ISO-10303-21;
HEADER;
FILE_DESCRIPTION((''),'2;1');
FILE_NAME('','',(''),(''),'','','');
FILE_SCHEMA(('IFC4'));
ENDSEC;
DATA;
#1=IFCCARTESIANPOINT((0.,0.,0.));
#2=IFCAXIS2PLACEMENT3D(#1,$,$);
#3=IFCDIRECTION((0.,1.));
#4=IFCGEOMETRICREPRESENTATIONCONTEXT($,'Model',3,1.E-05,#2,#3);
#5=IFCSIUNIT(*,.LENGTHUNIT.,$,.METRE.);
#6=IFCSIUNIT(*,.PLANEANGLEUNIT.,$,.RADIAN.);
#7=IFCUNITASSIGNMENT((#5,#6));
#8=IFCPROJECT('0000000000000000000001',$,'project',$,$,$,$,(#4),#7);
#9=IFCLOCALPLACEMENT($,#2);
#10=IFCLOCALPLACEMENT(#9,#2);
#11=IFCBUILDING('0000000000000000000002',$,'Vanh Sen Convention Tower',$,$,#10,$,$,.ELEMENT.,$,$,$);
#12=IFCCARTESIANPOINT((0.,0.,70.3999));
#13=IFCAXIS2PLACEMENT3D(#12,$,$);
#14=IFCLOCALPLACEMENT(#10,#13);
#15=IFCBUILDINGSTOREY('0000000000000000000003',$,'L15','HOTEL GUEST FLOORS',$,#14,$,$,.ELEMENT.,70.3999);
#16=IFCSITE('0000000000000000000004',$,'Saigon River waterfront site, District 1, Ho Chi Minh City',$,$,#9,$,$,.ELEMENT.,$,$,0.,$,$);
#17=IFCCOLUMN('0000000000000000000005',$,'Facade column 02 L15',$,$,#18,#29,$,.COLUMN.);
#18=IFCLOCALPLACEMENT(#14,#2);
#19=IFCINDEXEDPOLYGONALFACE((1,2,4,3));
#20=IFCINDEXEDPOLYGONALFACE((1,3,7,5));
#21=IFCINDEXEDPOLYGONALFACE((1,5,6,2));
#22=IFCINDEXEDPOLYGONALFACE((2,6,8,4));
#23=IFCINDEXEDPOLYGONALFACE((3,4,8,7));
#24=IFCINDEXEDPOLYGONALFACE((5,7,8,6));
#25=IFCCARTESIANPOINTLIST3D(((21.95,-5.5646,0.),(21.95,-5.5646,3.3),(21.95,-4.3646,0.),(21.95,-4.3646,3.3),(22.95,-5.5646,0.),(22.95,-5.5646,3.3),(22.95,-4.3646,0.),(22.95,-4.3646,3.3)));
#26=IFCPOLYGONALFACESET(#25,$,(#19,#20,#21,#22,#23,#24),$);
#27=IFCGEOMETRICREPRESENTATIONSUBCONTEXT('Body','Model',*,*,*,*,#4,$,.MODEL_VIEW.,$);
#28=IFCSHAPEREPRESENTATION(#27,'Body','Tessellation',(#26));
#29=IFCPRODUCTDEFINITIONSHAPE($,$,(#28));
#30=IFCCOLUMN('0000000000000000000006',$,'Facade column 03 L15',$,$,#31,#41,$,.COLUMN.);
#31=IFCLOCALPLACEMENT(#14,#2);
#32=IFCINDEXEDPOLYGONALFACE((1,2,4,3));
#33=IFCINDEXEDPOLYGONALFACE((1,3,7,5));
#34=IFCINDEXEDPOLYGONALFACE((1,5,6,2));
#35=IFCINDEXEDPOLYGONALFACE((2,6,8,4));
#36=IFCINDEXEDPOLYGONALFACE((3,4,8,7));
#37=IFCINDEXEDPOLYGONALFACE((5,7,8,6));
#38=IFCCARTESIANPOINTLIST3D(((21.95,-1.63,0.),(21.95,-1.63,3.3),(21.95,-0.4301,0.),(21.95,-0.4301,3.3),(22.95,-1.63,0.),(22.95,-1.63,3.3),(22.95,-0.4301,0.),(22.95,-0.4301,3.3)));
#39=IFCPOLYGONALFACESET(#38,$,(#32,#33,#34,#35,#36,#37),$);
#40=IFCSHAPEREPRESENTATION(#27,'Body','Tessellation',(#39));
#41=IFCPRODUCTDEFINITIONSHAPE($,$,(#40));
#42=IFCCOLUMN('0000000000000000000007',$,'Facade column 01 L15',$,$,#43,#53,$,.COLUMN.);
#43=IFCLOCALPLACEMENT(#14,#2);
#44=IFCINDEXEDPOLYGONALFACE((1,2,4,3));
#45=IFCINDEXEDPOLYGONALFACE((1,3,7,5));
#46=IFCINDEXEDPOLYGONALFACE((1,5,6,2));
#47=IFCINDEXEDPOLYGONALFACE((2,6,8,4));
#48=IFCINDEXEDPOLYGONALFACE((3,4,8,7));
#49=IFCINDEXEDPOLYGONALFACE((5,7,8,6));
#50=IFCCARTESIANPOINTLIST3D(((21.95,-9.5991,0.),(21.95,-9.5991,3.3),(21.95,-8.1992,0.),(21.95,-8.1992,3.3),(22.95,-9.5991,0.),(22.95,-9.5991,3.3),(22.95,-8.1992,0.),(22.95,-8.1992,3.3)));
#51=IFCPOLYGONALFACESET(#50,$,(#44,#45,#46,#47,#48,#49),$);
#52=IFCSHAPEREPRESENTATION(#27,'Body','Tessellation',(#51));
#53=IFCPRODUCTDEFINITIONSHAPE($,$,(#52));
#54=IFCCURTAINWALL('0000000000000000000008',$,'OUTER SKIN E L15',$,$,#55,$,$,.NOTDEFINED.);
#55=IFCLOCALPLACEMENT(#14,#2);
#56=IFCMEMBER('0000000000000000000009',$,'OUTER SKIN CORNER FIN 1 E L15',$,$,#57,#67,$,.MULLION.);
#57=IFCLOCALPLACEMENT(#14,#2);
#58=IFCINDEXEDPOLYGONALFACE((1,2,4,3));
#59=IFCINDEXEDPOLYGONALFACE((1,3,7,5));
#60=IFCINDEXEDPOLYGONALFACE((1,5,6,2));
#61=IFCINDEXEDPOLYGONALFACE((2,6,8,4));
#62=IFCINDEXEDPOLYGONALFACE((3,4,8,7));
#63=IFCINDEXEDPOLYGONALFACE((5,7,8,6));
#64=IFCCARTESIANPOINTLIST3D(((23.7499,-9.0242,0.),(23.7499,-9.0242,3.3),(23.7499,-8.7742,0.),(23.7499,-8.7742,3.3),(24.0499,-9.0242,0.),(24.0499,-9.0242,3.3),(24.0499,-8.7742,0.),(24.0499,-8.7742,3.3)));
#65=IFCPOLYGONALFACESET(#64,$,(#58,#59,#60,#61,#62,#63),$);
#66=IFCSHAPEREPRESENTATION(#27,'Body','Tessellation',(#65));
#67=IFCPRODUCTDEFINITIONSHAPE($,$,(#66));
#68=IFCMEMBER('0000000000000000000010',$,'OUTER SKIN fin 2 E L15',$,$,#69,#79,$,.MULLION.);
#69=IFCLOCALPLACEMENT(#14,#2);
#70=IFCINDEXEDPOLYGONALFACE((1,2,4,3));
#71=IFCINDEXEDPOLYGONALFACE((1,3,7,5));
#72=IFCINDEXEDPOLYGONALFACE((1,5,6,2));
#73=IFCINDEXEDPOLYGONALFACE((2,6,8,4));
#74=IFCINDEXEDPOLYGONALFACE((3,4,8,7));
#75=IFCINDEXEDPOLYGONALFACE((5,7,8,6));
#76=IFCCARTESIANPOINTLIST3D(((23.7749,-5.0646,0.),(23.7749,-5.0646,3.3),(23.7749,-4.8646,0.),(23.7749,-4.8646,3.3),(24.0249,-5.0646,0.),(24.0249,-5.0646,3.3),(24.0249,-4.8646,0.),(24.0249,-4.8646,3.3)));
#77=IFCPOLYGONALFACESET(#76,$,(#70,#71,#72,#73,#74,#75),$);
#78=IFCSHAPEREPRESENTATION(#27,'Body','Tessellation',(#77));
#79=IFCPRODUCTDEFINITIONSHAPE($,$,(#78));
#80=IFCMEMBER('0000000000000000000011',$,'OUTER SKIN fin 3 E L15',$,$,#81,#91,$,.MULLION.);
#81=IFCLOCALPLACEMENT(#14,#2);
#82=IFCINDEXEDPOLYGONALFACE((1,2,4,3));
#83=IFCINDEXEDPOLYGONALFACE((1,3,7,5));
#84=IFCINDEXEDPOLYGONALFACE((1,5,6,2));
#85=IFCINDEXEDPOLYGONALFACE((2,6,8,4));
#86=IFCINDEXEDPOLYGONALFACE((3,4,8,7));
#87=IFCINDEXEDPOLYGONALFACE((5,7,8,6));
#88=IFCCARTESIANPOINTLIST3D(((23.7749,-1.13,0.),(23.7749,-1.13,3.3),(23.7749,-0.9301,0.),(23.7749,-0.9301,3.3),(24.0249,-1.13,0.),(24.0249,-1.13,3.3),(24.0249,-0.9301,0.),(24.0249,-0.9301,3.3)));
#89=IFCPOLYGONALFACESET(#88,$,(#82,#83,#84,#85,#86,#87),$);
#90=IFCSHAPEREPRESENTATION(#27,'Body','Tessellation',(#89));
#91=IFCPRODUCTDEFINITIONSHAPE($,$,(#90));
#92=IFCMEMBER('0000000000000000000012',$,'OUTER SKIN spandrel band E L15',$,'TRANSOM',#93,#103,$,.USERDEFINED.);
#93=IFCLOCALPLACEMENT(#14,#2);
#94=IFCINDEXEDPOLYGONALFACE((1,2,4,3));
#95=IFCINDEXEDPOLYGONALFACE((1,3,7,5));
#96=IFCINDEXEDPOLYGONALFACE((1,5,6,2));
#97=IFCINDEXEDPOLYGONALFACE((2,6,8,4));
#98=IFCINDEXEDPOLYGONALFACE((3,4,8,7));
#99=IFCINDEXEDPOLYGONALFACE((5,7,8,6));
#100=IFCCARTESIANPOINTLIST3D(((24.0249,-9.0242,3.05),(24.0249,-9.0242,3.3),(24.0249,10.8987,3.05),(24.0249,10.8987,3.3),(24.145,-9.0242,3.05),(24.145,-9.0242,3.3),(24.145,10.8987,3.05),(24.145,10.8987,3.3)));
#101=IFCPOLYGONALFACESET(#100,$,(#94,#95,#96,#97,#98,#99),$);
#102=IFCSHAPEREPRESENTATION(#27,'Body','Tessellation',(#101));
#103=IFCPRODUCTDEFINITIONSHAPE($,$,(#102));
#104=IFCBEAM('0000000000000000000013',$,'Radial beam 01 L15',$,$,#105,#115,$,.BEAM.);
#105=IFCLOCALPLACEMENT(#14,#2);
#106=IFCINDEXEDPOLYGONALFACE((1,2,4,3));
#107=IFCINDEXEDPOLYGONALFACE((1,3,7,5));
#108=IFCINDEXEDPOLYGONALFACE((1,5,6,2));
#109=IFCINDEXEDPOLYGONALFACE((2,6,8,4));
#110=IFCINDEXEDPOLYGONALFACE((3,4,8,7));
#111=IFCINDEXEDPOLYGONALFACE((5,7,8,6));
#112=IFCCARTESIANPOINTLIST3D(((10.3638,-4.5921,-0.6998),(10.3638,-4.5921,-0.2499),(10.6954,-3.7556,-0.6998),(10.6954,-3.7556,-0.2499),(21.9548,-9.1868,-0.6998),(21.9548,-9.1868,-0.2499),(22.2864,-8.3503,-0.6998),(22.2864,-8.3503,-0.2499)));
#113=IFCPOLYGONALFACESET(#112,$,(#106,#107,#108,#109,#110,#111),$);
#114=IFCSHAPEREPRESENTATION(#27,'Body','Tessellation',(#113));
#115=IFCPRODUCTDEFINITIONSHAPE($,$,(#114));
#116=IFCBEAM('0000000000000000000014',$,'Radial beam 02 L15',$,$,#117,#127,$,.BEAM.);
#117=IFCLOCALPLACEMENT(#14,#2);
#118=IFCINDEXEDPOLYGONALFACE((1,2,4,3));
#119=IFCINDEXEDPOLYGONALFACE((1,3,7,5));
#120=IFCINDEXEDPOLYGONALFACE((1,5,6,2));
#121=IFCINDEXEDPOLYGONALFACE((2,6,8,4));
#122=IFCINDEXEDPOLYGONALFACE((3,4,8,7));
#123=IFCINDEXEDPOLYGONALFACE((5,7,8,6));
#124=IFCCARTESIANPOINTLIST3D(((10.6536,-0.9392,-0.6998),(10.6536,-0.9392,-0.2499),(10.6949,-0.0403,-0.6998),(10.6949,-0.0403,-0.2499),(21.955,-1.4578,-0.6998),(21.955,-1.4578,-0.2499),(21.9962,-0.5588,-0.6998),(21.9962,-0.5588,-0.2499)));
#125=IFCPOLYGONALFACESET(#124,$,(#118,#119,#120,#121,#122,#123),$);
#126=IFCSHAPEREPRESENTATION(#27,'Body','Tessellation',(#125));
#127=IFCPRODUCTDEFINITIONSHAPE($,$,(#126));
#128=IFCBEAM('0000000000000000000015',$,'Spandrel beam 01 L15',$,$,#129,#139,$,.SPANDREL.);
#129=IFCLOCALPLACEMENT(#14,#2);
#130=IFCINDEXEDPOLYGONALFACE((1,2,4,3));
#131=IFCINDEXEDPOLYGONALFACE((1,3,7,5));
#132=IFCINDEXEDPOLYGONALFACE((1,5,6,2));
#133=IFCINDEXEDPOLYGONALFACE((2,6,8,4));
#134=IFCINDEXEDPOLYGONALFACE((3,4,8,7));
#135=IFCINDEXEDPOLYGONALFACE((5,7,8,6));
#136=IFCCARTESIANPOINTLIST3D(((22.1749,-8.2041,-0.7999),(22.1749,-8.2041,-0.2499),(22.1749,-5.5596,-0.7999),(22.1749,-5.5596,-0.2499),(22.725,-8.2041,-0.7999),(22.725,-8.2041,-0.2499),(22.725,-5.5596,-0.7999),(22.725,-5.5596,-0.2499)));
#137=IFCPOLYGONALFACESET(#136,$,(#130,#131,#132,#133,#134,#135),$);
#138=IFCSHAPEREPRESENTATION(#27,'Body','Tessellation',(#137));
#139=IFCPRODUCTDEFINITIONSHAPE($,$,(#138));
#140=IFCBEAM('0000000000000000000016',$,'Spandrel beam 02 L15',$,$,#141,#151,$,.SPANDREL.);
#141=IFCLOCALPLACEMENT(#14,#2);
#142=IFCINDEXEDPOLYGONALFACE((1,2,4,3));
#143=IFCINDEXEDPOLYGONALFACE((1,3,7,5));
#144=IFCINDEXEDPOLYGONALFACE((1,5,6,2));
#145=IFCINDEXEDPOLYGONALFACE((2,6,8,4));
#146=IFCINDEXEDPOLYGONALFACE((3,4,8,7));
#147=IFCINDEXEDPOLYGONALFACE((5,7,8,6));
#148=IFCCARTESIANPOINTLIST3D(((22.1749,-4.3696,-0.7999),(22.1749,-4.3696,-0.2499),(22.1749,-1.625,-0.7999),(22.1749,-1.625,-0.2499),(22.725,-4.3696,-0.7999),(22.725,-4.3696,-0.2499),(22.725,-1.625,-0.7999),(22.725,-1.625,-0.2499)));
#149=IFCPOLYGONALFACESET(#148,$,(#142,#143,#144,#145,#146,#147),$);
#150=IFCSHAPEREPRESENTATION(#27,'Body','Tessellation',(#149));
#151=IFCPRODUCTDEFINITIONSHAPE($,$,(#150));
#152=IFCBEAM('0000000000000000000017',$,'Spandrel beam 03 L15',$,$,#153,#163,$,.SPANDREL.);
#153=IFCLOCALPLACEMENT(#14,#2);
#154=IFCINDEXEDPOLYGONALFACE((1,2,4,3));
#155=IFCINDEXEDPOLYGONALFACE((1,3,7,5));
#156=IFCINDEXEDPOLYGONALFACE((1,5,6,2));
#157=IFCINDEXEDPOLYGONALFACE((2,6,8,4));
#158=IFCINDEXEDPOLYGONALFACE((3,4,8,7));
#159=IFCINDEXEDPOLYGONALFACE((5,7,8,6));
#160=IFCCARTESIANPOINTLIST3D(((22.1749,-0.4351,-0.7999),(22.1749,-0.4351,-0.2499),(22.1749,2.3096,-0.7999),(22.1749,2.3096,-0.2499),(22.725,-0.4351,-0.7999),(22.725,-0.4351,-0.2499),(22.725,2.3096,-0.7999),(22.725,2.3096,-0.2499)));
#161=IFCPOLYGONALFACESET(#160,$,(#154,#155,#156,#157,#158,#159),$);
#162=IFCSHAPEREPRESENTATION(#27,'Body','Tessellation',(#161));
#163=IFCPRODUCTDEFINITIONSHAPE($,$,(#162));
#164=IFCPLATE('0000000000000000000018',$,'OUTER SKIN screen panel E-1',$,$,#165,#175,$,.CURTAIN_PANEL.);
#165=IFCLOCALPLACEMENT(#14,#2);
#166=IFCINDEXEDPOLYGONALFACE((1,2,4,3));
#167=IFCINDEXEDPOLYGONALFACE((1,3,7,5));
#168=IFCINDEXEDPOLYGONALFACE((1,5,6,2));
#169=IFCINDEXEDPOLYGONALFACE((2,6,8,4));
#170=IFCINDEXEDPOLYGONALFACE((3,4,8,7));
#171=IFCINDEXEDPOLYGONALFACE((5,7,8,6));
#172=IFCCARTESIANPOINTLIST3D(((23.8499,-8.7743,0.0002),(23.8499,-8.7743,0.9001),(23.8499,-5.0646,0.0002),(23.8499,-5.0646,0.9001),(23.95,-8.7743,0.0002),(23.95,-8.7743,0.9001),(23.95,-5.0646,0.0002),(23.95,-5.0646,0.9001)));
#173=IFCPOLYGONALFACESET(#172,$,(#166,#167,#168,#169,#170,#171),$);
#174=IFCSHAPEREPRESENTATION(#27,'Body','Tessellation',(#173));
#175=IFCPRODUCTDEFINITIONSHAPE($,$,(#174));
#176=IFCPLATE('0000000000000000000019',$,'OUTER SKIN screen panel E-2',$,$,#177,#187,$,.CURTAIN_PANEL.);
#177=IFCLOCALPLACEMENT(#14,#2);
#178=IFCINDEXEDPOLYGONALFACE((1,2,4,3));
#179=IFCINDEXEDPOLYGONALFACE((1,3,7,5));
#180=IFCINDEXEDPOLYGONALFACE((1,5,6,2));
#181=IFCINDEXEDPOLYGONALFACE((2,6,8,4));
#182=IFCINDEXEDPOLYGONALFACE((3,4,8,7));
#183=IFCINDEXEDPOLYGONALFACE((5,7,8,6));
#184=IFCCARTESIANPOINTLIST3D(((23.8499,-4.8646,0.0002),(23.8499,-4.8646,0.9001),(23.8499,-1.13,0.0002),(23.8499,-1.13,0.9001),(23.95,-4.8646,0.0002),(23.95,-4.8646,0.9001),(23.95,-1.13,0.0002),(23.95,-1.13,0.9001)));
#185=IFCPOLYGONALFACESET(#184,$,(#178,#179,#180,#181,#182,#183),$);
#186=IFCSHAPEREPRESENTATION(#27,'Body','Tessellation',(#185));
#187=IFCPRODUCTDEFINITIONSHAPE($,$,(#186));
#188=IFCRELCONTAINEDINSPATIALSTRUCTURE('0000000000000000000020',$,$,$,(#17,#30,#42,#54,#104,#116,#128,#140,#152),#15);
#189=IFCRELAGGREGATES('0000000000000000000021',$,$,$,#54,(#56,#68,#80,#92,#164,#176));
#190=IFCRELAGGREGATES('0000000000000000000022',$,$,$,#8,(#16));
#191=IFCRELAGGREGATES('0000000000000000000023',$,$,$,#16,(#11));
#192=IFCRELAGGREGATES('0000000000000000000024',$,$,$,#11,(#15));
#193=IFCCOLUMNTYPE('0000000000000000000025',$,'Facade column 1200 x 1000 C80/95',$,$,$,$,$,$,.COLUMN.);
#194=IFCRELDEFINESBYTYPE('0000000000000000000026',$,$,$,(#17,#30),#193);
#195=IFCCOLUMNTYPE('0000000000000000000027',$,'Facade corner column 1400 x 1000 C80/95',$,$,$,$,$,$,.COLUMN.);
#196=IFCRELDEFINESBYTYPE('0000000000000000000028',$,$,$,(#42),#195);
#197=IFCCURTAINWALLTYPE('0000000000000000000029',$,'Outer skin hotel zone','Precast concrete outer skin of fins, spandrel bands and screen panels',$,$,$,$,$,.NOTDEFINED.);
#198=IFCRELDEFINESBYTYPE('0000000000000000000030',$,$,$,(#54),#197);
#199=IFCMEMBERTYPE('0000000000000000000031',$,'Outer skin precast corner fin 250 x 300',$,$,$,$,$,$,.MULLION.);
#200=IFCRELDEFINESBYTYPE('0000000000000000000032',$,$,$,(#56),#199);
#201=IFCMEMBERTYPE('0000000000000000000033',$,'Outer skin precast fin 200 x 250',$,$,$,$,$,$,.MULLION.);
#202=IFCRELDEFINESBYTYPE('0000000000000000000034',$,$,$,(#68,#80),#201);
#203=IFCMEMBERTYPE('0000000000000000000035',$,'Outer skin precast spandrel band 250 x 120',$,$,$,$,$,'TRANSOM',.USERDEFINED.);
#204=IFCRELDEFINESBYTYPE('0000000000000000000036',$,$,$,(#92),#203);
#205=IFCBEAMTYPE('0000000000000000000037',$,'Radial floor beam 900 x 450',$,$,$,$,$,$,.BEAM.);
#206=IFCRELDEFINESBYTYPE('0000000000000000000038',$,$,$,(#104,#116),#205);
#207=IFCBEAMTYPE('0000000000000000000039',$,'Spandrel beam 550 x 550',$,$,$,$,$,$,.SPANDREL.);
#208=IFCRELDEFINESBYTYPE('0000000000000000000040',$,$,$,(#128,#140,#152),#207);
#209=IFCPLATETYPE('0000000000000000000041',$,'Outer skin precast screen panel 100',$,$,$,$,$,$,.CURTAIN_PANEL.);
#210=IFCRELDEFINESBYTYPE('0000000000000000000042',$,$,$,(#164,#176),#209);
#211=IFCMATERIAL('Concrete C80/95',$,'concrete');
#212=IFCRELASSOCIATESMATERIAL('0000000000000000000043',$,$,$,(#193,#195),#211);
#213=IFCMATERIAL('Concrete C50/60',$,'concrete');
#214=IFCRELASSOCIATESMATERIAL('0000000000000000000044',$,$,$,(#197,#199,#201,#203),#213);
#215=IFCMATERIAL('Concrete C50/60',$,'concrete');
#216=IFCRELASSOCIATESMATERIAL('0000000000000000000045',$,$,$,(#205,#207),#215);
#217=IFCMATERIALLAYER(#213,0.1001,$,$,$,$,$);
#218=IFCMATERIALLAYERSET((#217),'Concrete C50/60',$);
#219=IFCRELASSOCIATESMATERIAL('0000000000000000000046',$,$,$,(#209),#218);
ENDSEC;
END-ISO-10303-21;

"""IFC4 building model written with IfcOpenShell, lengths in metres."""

from ifc_helpers import new_model, si_unit, direction, frame, origin, origin_2d, place, context, subcontext, project, spatial, rectangle, extrude, material, layer, layer_set, material_profile, profile_set, type_object, element, aggregate, save


model = new_model("IFC4")

# Units and contexts
model_context = context("Model", 3, precision=1e-05, world=origin(), true_north=direction((0.0, 1.0)))
body_context = subcontext(model_context, "Body", "Model", "MODEL_VIEW")
ifc_project = project(units=[si_unit("LENGTHUNIT", "METRE"), si_unit("PLANEANGLEUNIT", "RADIAN")], contexts=[model_context])

# Site, building, storey
site_placement = place(None, origin())
site = spatial("IfcSite", under=ifc_project, at=site_placement, Name="Saigon River waterfront site, District 1, Ho Chi Minh City", CompositionType="ELEMENT", RefElevation=0.0)
building_placement = place(site_placement, origin())
building = spatial("IfcBuilding", under=site, at=building_placement, Name="Vanh Sen Convention Tower", CompositionType="ELEMENT")
storey_placement = place(building_placement, frame((0.0, 0.0, 70.3999)))
storey = spatial("IfcBuildingStorey", under=building, at=storey_placement, Name="L15", Description="HOTEL GUEST FLOORS", CompositionType="ELEMENT", Elevation=70.3999)

# Columns
ifc_material_1 = material(Name="Concrete C80/95", Category="concrete")
ifc_material_profile_1 = material_profile(ifc_material_1, rectangle(XDim=1.2, YDim=1.0, at=origin_2d()), Name="RC 1200X1000")
ifc_profile_set_1 = profile_set([ifc_material_profile_1], Name="Concrete C80/95")
column_type_1 = type_object("IfcColumnType", Name="Facade column 1200 x 1000 C80/95", PredefinedType="COLUMN", material=ifc_profile_set_1)
for number, where, z_axis, x_axis, name in (
    (1, (22.45, -4.9646, 0.0), (0.0, 0.0, 1.0), (0.0, 1.0, 0.0), "Facade column 02 L15"),
    (2, (22.45, -1.03, 0.0), (0.0, 0.0, 1.0), (0.0, 1.0, 0.0), "Facade column 03 L15"),
):
    element("IfcColumn", number, at=place(storey_placement, frame(where, z_axis=z_axis, x_axis=x_axis)), inside=storey, type_object=column_type_1, Name=name, PredefinedType="COLUMN", context=body_context, shape_type="SweptSolid", body=[
        extrude(rectangle(XDim=1.2, YDim=1.0, at=origin_2d()), origin(), (0.0, 0.0, 1.0), 3.3),
    ])
ifc_material_profile_2 = material_profile(ifc_material_1, rectangle(XDim=1.3999, YDim=1.0, at=origin_2d()), Name="RC 1400X1000")
ifc_profile_set_2 = profile_set([ifc_material_profile_2], Name="Concrete C80/95")
column_type_2 = type_object("IfcColumnType", Name="Facade corner column 1400 x 1000 C80/95", PredefinedType="COLUMN", material=ifc_profile_set_2)
column_placement = place(storey_placement, frame((22.45, -8.8992, 0.0), z_axis=(0.0, 0.0, 1.0), x_axis=(0.0, 1.0, 0.0)))
element("IfcColumn", 3, at=column_placement, inside=storey, type_object=column_type_2, Name="Facade column 01 L15", PredefinedType="COLUMN", context=body_context, shape_type="SweptSolid", body=[
    extrude(rectangle(XDim=1.3999, YDim=1.0, at=origin_2d()), origin(), (0.0, 0.0, 1.0), 3.3),
])

# Curtain wall, members
ifc_material_2 = material(Name="Concrete C50/60", Category="concrete")
curtain_wall_type = type_object("IfcCurtainWallType", Name="Outer skin hotel zone", Description="Precast concrete outer skin of fins, spandrel bands and screen panels", PredefinedType="NOTDEFINED", material=ifc_material_2)
curtain_wall_placement = place(storey_placement, origin())
curtain_wall = element("IfcCurtainWall", 4, at=curtain_wall_placement, inside=storey, type_object=curtain_wall_type, Name="OUTER SKIN E L15", PredefinedType="NOTDEFINED")
ifc_material_profile_3 = material_profile(ifc_material_2, rectangle(XDim=0.25, YDim=0.3, at=origin_2d()), Name="Outer skin precast corner fin 250 x 300")
ifc_profile_set_3 = profile_set([ifc_material_profile_3], Name="Concrete C50/60")
member_type_1 = type_object("IfcMemberType", Name="Outer skin precast corner fin 250 x 300", PredefinedType="MULLION", material=ifc_profile_set_3)
member_1_placement = place(storey_placement, frame((23.8999, -8.8992, 0.0), z_axis=(0.0, 0.0, 1.0), x_axis=(0.0, 1.0, 0.0)))
member_1 = element("IfcMember", 5, at=member_1_placement, type_object=member_type_1, Name="OUTER SKIN CORNER FIN 1 E L15", PredefinedType="MULLION", context=body_context, shape_type="SweptSolid", body=[
    extrude(rectangle(XDim=0.25, YDim=0.3, at=origin_2d()), origin(), (0.0, 0.0, 1.0), 3.3),
])
ifc_material_profile_4 = material_profile(ifc_material_2, rectangle(XDim=0.2, YDim=0.25, at=origin_2d()), Name="Outer skin precast fin 200 x 250")
ifc_profile_set_4 = profile_set([ifc_material_profile_4], Name="Concrete C50/60")
member_type_2 = type_object("IfcMemberType", Name="Outer skin precast fin 200 x 250", PredefinedType="MULLION", material=ifc_profile_set_4)
member_2_placement = place(storey_placement, frame((23.8999, -4.9646, 0.0), z_axis=(0.0, 0.0, 1.0), x_axis=(0.0, 1.0, 0.0)))
member_2 = element("IfcMember", 6, at=member_2_placement, type_object=member_type_2, Name="OUTER SKIN fin 2 E L15", PredefinedType="MULLION", context=body_context, shape_type="SweptSolid", body=[
    extrude(rectangle(XDim=0.2, YDim=0.25, at=origin_2d()), origin(), (0.0, 0.0, 1.0), 3.3),
])
member_3_placement = place(storey_placement, frame((23.8999, -1.03, 0.0), z_axis=(0.0, 0.0, 1.0), x_axis=(0.0, 1.0, 0.0)))
member_3 = element("IfcMember", 7, at=member_3_placement, type_object=member_type_2, Name="OUTER SKIN fin 3 E L15", PredefinedType="MULLION", context=body_context, shape_type="SweptSolid", body=[
    extrude(rectangle(XDim=0.2, YDim=0.25, at=origin_2d()), origin(), (0.0, 0.0, 1.0), 3.3),
])
ifc_material_profile_5 = material_profile(ifc_material_2, rectangle(XDim=0.1201, YDim=0.25, at=origin_2d()), Name="Outer skin precast spandrel band 250 x 120")
ifc_profile_set_5 = profile_set([ifc_material_profile_5], Name="Concrete C50/60")
member_type_3 = type_object("IfcMemberType", Name="Outer skin precast spandrel band 250 x 120", ElementType="TRANSOM", PredefinedType="USERDEFINED", material=ifc_profile_set_5)
member_4_placement = place(storey_placement, frame((24.085, -9.0242, 3.175), z_axis=(0.0, 1.0, 0.0), x_axis=(-1.0, 0.0, 0.0)))
member_4 = element("IfcMember", 8, at=member_4_placement, type_object=member_type_3, Name="OUTER SKIN spandrel band E L15", ObjectType="TRANSOM", PredefinedType="USERDEFINED", context=body_context, shape_type="SweptSolid", body=[
    extrude(rectangle(XDim=0.1201, YDim=0.25, at=origin_2d()), origin(), (0.0, 0.0, 1.0), 19.9229),
])

# Beams
ifc_material_3 = material(Name="Concrete C50/60", Category="concrete")
ifc_material_profile_6 = material_profile(ifc_material_3, rectangle(XDim=0.8999, YDim=0.45, at=origin_2d()), Name="RC 900X450")
ifc_profile_set_6 = profile_set([ifc_material_profile_6], Name="Concrete C50/60")
beam_type_1 = type_object("IfcBeamType", Name="Radial floor beam 900 x 450", PredefinedType="BEAM", material=ifc_profile_set_6)
beam_1_placement = place(storey_placement, frame((22.1206, -8.7686, -0.4749), z_axis=(-0.929625, 0.368506, 0.0), x_axis=(-0.368506, -0.929625, 0.0)))
element("IfcBeam", 9, at=beam_1_placement, inside=storey, type_object=beam_type_1, Name="Radial beam 01 L15", PredefinedType="BEAM", context=body_context, shape_type="SweptSolid", body=[
    extrude(rectangle(XDim=0.8999, YDim=0.45, at=origin_2d()), origin(), (0.0, 0.0, 1.0), 12.4685),
])
beam_2_placement = place(storey_placement, frame((21.9756, -1.0083, -0.4749), z_axis=(-0.998949, 0.045836, 0.0), x_axis=(-0.045836, -0.998949, 0.0)))
element("IfcBeam", 10, at=beam_2_placement, inside=storey, type_object=beam_type_1, Name="Radial beam 02 L15", PredefinedType="BEAM", context=body_context, shape_type="SweptSolid", body=[
    extrude(rectangle(XDim=0.8999, YDim=0.45, at=origin_2d()), origin(), (0.0, 0.0, 1.0), 11.3132),
])
ifc_material_profile_7 = material_profile(ifc_material_3, rectangle(XDim=0.55, YDim=0.55, at=origin_2d()), Name="RC 550X550")
ifc_profile_set_7 = profile_set([ifc_material_profile_7], Name="Concrete C50/60")
beam_type_2 = type_object("IfcBeamType", Name="Spandrel beam 550 x 550", PredefinedType="SPANDREL", material=ifc_profile_set_7)
beam_3_placement = place(storey_placement, frame((22.45, -8.2041, -0.5249), z_axis=(0.0, 1.0, 0.0), x_axis=(-1.0, 0.0, 0.0)))
element("IfcBeam", 11, at=beam_3_placement, inside=storey, type_object=beam_type_2, Name="Spandrel beam 01 L15", PredefinedType="SPANDREL", context=body_context, shape_type="SweptSolid", body=[
    extrude(rectangle(XDim=0.55, YDim=0.55, at=origin_2d()), origin(), (0.0, 0.0, 1.0), 2.6445),
])
for number, where, z_axis, x_axis, name in (
    (12, (22.45, -4.3696, -0.5249), (0.0, 1.0, 0.0), (-1.0, 0.0, 0.0), "Spandrel beam 02 L15"),
    (13, (22.45, -0.4351, -0.5249), (0.0, 1.0, 0.0), (-1.0, 0.0, 0.0), "Spandrel beam 03 L15"),
):
    element("IfcBeam", number, at=place(storey_placement, frame(where, z_axis=z_axis, x_axis=x_axis)), inside=storey, type_object=beam_type_2, Name=name, PredefinedType="SPANDREL", context=body_context, shape_type="SweptSolid", body=[
        extrude(rectangle(XDim=0.55, YDim=0.55, at=origin_2d()), origin(), (0.0, 0.0, 1.0), 2.7446),
    ])

# Plates
ifc_layer_1 = layer(ifc_material_2, 0.1001)
ifc_layer_set_1 = layer_set([ifc_layer_1], Name="Concrete C50/60")
plate_type = type_object("IfcPlateType", Name="Outer skin precast screen panel 100", PredefinedType="CURTAIN_PANEL", material=ifc_layer_set_1)
plate_1_placement = place(storey_placement, frame((23.8999, -6.9194, 0.0002), z_axis=(0.0, 0.0, 1.0), x_axis=(0.0, 1.0, 0.0)))
plate_1 = element("IfcPlate", 14, at=plate_1_placement, type_object=plate_type, Name="OUTER SKIN screen panel E-1", PredefinedType="CURTAIN_PANEL", context=body_context, shape_type="SweptSolid", body=[
    extrude(rectangle(XDim=3.7097, YDim=0.1001, at=origin_2d()), origin(), (0.0, 0.0, 1.0), 0.8999),
])
plate_2_placement = place(storey_placement, frame((23.8999, -2.9973, 0.0002), z_axis=(0.0, 0.0, 1.0), x_axis=(0.0, 1.0, 0.0)))
plate_2 = element("IfcPlate", 15, at=plate_2_placement, type_object=plate_type, Name="OUTER SKIN screen panel E-2", PredefinedType="CURTAIN_PANEL", context=body_context, shape_type="SweptSolid", body=[
    extrude(rectangle(XDim=3.7346, YDim=0.1001, at=origin_2d()), origin(), (0.0, 0.0, 1.0), 0.8999),
])
aggregate(curtain_wall, [member_1, member_2, member_3, member_4, plate_1, plate_2])

save(model, "model.ifc")
